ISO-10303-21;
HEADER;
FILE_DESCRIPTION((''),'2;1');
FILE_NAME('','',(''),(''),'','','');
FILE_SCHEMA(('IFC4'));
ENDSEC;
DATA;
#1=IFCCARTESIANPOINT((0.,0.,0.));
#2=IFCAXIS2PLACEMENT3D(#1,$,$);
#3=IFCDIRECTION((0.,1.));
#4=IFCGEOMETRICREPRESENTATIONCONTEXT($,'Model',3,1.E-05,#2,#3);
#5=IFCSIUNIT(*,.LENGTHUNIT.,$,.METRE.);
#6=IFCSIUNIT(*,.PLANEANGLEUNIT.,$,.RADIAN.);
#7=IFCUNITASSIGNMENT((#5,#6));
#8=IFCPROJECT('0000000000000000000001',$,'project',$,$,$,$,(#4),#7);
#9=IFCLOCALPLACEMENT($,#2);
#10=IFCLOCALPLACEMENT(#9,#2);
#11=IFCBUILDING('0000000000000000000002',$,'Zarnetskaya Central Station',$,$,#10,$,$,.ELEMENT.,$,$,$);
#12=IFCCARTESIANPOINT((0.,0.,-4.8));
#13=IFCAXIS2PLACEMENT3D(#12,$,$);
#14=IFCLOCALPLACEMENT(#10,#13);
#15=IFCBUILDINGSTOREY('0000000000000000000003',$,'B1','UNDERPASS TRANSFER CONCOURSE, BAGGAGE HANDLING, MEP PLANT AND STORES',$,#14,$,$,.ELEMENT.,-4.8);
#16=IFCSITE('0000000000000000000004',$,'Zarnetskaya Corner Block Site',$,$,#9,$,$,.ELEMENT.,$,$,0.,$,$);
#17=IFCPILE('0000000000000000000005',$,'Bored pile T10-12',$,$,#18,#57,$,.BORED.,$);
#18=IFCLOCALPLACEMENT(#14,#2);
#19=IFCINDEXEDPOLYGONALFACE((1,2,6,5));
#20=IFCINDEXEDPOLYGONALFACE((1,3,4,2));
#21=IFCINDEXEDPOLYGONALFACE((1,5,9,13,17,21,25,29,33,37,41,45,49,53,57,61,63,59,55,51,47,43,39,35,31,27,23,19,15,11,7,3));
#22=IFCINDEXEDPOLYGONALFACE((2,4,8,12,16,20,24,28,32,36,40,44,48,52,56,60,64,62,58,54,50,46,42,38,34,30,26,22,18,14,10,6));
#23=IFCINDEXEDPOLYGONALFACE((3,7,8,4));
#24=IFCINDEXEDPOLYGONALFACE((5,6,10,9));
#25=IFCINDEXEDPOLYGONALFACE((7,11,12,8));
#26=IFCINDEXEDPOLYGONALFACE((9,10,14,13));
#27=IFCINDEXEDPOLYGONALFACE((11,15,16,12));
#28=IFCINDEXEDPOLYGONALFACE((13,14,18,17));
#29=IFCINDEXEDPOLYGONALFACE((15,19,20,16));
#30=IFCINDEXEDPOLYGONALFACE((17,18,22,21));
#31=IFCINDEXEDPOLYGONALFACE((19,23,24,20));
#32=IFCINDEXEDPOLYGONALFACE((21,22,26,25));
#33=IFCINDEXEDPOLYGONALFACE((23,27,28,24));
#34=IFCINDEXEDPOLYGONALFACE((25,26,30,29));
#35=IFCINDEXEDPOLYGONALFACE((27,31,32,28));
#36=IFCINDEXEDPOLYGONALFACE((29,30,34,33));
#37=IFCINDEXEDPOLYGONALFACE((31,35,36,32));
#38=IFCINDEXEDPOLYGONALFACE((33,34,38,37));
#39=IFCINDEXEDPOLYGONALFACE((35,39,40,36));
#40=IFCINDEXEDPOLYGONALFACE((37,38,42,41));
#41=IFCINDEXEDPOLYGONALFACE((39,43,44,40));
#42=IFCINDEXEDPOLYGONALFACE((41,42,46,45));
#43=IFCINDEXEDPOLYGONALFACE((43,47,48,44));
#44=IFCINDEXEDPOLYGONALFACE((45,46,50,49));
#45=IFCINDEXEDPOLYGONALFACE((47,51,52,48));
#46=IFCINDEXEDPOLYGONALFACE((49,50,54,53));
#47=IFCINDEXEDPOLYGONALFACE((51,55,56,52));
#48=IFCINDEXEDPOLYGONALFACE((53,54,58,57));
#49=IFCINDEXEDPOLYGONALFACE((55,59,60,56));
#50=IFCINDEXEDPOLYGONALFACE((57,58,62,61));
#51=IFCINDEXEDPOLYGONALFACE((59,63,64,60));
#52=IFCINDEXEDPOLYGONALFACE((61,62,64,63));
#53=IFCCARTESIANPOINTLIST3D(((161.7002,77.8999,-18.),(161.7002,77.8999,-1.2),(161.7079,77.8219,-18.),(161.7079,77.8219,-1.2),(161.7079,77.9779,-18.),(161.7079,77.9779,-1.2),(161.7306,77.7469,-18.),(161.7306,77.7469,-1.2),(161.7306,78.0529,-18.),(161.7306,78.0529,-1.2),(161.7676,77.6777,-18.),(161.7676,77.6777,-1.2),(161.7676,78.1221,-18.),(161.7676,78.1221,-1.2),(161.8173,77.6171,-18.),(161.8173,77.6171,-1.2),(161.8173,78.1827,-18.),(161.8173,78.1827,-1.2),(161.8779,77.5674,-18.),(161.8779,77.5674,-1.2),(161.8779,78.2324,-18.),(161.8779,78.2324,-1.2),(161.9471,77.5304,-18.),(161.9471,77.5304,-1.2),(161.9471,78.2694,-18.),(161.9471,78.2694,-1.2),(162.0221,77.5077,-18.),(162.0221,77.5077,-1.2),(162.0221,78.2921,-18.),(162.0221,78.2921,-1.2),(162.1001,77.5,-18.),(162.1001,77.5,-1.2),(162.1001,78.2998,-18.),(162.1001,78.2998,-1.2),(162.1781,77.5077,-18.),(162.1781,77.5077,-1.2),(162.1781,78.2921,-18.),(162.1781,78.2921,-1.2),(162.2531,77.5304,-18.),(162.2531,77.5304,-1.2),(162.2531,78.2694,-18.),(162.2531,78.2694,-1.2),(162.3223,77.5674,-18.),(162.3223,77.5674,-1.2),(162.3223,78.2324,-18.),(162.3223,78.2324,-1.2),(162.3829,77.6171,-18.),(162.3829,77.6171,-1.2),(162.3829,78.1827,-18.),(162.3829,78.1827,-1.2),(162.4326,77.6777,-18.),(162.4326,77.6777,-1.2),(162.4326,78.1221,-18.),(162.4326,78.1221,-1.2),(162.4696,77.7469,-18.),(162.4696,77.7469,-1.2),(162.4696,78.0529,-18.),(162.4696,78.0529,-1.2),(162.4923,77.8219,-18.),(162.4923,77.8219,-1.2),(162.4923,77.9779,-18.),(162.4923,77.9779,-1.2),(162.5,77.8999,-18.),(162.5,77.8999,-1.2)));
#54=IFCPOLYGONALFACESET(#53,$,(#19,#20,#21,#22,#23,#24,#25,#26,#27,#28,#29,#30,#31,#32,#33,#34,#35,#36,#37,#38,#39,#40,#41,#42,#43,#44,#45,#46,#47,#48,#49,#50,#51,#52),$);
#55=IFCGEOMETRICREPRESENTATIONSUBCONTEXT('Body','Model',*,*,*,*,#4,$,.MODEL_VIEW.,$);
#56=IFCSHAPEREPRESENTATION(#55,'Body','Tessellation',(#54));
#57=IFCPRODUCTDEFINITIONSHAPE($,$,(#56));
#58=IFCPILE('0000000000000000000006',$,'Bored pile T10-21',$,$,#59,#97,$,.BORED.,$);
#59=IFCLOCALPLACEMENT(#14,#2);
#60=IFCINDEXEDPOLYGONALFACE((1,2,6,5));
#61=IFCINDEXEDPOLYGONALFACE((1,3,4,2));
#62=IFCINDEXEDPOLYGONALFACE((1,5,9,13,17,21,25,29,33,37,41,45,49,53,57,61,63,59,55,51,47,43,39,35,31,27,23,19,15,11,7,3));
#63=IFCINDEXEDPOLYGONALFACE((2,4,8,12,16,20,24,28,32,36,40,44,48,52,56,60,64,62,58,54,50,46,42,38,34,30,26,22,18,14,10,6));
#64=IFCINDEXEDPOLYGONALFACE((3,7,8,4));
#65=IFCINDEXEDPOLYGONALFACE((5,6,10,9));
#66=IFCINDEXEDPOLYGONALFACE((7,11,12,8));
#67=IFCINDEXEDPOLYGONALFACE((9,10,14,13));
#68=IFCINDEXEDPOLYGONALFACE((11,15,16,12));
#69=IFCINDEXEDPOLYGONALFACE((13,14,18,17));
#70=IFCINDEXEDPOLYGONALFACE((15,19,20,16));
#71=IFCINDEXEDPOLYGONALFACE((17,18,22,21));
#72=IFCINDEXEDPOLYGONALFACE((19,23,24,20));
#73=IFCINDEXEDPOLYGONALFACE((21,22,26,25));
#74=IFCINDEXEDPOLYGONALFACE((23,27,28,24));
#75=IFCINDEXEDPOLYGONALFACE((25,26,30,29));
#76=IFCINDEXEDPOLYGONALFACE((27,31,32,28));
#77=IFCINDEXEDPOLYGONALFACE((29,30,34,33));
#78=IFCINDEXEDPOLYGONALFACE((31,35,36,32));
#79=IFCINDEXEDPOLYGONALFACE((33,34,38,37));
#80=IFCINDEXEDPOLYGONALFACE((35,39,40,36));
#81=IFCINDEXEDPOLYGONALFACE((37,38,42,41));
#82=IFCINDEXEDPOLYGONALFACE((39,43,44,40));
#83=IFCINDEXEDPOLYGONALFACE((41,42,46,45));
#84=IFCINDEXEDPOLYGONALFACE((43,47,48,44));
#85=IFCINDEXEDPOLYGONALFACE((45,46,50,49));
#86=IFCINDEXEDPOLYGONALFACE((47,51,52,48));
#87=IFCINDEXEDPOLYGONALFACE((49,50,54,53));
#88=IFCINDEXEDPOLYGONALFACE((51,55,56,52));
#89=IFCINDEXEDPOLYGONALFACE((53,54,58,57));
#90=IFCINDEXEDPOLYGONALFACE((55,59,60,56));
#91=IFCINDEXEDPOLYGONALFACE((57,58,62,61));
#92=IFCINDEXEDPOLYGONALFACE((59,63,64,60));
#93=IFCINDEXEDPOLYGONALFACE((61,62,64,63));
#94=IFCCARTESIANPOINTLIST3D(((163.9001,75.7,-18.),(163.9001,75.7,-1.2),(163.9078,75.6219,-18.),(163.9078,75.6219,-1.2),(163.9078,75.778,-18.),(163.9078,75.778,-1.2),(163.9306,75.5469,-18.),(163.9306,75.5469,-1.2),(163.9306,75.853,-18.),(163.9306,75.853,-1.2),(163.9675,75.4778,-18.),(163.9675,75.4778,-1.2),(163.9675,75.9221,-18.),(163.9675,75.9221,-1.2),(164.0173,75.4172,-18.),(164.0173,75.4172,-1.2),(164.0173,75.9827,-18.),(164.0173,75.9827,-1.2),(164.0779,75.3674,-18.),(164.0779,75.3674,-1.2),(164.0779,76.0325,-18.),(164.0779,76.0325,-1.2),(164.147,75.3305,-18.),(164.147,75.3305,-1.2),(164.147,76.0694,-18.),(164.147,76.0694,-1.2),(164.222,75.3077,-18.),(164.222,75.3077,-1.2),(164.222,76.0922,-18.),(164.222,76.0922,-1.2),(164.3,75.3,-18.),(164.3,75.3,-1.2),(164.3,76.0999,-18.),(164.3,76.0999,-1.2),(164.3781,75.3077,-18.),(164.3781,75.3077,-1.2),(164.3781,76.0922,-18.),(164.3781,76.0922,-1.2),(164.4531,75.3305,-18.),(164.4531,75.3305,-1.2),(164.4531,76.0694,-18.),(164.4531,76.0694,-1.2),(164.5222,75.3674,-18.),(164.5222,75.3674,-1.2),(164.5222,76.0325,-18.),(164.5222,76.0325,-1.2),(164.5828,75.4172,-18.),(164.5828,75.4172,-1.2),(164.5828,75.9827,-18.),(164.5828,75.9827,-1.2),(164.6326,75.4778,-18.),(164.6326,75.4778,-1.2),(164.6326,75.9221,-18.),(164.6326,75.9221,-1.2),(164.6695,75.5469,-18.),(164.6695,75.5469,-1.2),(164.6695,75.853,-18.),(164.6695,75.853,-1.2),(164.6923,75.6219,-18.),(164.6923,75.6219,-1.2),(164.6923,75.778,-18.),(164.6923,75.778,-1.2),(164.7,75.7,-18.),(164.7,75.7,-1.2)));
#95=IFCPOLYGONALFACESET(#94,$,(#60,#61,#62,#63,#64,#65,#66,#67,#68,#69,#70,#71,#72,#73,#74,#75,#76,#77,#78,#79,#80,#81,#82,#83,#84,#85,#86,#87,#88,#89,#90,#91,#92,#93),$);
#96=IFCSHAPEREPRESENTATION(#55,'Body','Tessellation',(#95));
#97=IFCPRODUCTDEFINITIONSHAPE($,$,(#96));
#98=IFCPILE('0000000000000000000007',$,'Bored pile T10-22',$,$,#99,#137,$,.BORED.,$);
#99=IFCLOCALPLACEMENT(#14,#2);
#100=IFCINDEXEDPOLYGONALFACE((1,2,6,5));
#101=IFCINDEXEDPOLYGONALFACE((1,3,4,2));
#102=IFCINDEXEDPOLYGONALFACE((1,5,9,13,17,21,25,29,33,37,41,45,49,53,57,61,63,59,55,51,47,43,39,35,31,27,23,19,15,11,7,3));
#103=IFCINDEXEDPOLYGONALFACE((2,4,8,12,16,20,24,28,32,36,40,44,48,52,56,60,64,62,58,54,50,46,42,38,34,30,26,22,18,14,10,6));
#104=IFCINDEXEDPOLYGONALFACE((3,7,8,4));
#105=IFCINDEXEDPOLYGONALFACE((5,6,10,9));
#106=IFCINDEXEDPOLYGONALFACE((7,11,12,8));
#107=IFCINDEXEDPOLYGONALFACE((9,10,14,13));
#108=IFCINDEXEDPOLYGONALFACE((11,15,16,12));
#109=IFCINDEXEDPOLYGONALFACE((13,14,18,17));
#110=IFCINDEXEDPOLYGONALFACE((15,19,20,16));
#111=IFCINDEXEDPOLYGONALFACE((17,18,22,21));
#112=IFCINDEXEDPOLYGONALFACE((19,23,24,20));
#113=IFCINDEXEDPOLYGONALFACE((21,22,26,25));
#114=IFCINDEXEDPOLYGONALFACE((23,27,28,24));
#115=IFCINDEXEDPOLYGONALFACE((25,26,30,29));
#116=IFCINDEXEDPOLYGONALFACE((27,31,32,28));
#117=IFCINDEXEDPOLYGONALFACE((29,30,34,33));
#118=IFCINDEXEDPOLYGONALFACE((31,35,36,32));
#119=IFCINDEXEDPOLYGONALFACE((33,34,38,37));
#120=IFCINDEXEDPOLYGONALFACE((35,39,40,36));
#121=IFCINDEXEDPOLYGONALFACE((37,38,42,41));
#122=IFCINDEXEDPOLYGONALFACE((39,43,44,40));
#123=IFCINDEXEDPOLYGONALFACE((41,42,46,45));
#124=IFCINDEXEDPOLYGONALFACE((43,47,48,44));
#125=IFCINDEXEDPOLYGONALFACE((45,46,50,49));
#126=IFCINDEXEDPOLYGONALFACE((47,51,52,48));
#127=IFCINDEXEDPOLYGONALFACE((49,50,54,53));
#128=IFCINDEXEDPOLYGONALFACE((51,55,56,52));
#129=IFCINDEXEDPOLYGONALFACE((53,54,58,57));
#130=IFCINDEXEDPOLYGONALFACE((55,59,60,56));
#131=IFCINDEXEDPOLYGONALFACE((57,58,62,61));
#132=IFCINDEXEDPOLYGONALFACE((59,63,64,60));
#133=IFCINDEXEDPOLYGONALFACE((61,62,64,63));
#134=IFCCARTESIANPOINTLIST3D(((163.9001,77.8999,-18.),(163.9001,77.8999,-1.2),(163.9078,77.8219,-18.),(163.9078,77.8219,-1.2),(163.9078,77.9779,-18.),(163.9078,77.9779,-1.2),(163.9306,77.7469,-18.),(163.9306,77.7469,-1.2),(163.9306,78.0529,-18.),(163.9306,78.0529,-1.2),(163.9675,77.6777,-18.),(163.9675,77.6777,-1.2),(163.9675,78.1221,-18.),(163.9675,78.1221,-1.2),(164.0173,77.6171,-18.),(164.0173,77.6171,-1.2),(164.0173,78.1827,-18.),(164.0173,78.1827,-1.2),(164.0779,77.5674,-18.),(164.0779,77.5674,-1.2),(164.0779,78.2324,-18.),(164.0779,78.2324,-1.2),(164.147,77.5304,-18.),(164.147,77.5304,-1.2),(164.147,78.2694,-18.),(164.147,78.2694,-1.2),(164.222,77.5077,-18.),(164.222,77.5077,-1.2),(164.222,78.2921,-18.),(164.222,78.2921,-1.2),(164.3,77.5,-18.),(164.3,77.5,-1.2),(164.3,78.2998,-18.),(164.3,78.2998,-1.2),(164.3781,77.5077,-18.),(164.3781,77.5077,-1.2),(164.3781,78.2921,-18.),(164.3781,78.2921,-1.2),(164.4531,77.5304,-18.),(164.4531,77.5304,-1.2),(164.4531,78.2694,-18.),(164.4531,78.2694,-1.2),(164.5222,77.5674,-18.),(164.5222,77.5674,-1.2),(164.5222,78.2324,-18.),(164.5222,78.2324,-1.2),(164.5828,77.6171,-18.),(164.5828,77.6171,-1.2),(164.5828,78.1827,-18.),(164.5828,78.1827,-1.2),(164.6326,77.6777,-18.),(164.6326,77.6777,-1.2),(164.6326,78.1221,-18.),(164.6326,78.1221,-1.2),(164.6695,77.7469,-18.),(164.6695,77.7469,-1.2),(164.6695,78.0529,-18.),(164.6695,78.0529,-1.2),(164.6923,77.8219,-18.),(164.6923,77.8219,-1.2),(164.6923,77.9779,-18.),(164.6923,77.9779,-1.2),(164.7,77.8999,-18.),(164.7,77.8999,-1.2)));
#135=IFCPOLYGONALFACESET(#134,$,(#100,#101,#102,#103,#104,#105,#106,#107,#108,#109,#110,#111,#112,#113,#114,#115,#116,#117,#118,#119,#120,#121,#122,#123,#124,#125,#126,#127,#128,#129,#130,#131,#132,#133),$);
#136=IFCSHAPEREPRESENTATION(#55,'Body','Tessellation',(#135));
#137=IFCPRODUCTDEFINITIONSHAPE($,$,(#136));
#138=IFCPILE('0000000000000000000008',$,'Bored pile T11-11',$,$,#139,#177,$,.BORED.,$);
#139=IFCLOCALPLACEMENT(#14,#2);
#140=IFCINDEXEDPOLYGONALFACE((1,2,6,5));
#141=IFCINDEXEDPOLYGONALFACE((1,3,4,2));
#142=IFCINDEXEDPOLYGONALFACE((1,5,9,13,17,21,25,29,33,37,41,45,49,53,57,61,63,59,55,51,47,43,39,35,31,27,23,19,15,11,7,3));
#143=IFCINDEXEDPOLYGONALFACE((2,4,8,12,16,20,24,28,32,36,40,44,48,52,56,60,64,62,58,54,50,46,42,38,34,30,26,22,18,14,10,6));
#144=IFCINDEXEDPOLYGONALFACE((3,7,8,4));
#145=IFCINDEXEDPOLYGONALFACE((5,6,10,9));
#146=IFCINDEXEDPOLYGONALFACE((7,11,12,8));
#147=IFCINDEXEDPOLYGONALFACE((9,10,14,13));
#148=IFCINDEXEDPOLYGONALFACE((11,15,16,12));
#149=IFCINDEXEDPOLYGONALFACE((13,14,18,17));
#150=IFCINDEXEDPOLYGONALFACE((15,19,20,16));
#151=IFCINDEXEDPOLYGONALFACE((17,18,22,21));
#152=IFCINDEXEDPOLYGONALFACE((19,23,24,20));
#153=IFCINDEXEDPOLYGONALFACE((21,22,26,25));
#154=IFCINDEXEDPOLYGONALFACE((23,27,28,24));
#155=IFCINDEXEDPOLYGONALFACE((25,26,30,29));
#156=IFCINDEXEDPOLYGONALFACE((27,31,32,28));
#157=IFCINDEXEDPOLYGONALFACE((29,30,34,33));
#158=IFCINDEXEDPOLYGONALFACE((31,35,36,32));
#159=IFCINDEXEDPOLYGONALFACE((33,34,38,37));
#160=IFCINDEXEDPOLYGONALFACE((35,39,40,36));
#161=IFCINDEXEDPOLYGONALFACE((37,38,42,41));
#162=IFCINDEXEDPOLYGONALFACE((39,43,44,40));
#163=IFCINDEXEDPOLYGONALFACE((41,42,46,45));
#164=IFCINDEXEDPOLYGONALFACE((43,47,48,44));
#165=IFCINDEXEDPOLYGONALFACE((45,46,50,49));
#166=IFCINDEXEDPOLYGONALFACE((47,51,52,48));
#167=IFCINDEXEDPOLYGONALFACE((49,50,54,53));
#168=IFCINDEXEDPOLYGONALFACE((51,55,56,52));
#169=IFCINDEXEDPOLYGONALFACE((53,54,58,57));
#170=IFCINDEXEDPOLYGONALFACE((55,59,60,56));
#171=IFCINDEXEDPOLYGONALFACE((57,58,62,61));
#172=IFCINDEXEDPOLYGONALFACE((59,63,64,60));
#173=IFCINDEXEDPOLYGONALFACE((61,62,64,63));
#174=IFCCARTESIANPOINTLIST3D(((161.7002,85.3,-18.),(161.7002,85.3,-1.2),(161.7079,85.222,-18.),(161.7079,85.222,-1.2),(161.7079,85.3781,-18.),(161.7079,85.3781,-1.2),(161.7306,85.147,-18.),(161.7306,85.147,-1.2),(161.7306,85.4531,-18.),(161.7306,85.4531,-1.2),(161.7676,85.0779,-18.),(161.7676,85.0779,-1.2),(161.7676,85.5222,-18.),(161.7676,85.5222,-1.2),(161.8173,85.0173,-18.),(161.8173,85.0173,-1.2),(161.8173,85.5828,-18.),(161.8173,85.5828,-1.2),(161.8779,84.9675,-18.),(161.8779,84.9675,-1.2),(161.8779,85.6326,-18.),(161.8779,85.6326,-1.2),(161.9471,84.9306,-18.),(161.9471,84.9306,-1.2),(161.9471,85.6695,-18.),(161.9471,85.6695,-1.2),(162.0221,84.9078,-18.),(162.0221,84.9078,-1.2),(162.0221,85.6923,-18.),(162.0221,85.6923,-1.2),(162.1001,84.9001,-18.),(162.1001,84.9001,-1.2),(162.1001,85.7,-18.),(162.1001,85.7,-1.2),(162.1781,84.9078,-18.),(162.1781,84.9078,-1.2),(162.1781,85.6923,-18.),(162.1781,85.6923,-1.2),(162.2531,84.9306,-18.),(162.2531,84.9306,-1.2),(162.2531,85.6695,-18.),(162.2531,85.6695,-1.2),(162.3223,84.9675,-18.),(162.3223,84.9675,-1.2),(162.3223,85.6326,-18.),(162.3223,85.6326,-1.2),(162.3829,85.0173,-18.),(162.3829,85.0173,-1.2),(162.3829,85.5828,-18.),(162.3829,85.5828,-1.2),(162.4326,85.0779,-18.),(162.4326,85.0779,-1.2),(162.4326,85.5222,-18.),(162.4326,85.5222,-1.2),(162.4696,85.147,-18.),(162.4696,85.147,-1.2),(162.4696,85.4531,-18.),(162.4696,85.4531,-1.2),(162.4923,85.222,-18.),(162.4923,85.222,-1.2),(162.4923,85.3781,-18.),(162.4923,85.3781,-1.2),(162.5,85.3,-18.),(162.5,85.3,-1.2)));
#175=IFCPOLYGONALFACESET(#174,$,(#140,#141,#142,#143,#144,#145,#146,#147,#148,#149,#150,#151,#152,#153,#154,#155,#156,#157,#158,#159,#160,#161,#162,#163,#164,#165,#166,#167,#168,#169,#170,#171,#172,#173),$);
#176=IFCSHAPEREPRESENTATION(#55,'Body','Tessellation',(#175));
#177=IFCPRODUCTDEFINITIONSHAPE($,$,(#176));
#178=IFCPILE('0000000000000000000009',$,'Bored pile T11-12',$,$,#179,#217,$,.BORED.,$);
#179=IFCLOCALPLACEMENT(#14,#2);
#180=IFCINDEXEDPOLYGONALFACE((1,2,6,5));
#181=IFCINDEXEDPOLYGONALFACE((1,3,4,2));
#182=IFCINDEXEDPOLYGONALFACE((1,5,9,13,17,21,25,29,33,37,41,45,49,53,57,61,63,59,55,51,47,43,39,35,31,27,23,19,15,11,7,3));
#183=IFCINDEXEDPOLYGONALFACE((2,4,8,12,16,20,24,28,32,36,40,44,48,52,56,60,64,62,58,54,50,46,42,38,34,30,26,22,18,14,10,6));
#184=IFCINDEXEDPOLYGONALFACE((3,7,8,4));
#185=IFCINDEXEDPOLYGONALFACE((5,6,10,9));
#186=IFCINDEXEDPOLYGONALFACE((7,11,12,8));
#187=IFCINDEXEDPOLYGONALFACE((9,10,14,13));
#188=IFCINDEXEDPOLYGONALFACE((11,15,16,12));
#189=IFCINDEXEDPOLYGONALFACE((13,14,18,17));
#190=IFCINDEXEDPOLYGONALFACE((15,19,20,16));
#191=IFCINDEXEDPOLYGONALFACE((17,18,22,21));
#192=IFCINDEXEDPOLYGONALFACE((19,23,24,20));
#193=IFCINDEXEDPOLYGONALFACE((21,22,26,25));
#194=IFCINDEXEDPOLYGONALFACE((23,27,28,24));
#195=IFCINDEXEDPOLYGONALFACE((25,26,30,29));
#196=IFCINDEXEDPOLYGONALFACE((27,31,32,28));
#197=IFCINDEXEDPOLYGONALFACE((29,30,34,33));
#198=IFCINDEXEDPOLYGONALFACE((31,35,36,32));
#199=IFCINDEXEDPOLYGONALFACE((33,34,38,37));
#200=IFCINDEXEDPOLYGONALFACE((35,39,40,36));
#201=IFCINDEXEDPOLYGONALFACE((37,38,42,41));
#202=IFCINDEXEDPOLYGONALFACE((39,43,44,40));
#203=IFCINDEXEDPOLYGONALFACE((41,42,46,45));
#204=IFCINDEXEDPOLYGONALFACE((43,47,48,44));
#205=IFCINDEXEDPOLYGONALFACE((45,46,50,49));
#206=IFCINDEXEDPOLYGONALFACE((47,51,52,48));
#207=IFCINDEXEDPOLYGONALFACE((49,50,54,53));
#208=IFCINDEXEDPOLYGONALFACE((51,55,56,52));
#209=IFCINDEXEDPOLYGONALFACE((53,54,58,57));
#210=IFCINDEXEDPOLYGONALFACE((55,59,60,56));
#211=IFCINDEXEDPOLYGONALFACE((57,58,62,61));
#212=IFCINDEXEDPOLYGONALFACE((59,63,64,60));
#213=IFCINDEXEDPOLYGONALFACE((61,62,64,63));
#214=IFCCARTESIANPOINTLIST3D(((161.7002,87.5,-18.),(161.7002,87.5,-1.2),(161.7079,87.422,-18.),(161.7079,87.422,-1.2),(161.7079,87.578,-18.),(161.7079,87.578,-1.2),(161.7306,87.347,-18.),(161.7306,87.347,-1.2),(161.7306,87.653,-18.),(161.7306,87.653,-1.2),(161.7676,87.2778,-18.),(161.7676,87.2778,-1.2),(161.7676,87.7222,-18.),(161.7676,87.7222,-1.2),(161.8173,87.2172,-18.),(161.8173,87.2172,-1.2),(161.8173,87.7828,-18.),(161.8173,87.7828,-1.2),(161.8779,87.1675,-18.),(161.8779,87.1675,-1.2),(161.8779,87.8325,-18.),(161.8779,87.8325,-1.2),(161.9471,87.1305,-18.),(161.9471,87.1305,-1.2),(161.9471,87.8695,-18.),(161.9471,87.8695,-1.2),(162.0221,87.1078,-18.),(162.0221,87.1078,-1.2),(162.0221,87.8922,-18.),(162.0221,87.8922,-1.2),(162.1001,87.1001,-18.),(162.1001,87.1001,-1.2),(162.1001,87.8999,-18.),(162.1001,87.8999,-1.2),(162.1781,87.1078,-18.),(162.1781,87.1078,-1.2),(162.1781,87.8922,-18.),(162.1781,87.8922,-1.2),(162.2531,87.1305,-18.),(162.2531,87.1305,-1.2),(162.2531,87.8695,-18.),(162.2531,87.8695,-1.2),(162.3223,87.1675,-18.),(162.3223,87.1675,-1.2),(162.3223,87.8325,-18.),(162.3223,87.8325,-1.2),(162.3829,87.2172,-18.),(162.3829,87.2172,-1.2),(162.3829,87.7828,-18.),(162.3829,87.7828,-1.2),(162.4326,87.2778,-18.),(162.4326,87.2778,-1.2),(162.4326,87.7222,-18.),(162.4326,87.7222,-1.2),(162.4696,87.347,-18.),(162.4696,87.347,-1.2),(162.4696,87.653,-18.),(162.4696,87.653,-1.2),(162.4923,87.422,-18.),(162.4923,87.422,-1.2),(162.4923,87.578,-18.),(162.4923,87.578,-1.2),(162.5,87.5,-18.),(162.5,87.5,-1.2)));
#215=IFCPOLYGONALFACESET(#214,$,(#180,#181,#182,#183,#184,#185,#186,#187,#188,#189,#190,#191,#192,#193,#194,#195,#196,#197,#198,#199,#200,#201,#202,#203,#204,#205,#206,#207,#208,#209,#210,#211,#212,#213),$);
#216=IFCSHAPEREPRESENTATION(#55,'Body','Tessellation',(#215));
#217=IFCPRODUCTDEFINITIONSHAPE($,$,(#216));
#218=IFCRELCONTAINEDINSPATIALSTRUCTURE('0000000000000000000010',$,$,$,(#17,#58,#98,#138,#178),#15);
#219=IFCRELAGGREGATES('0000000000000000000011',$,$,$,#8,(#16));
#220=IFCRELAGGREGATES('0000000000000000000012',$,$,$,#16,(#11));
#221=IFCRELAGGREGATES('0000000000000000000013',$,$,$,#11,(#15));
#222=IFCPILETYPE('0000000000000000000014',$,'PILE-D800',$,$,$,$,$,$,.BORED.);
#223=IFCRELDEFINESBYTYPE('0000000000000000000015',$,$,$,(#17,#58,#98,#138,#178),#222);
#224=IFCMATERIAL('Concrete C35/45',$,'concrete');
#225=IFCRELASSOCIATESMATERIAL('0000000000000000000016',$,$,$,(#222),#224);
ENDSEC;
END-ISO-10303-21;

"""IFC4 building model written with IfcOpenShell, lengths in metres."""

from ifc_helpers import new_model, si_unit, direction, frame, origin, origin_2d, place, context, subcontext, project, spatial, circle, extrude, material, material_profile, profile_set, type_object, element, save


model = new_model("IFC4")

# Units and contexts
model_context = context("Model", 3, precision=1e-05, world=origin(), true_north=direction((0.0, 1.0)))
body_context = subcontext(model_context, "Body", "Model", "MODEL_VIEW")
ifc_project = project(units=[si_unit("LENGTHUNIT", "METRE"), si_unit("PLANEANGLEUNIT", "RADIAN")], contexts=[model_context])

# Site, building, storey
site_placement = place(None, origin())
site = spatial("IfcSite", under=ifc_project, at=site_placement, Name="Zarnetskaya Corner Block Site", CompositionType="ELEMENT", RefElevation=0.0)
building_placement = place(site_placement, origin())
building = spatial("IfcBuilding", under=site, at=building_placement, Name="Zarnetskaya Central Station", CompositionType="ELEMENT")
storey_placement = place(building_placement, frame((0.0, 0.0, -4.8)))
storey = spatial("IfcBuildingStorey", under=building, at=storey_placement, Name="B1", Description="UNDERPASS TRANSFER CONCOURSE, BAGGAGE HANDLING, MEP PLANT AND STORES", CompositionType="ELEMENT", Elevation=-4.8)

# Shared definitions
ifc_material = material(Name="Concrete C35/45", Category="concrete")

# Piles
ifc_material_profile_1 = material_profile(ifc_material, circle(Radius=0.3999, at=origin_2d()), Name="BORED PILE D800")
ifc_profile_set_1 = profile_set([ifc_material_profile_1], Name="Concrete C35/45")
pile_type = type_object("IfcPileType", Name="PILE-D800", PredefinedType="BORED", material=ifc_profile_set_1)
for number, where, z_axis, x_axis, name in (
    (1, (162.1001, 77.8999, -1.2), (0.0, 0.0, -1.0), (1.0, 0.0, 0.0), "Bored pile T10-12"),
    (2, (164.3, 75.7, -1.2), (0.0, 0.0, -1.0), (1.0, 0.0, 0.0), "Bored pile T10-21"),
    (3, (164.3, 77.8999, -1.2), (0.0, 0.0, -1.0), (1.0, 0.0, 0.0), "Bored pile T10-22"),
    (4, (162.1001, 85.3, -1.2), (0.0, 0.0, -1.0), (1.0, 0.0, 0.0), "Bored pile T11-11"),
    (5, (162.1001, 87.5, -1.2), (0.0, 0.0, -1.0), (1.0, 0.0, 0.0), "Bored pile T11-12"),
):
    element("IfcPile", number, at=place(storey_placement, frame(where, z_axis=z_axis, x_axis=x_axis)), inside=storey, type_object=pile_type, Name=name, PredefinedType="BORED", context=body_context, shape_type="SweptSolid", body=[
        extrude(circle(Radius=0.3999, at=origin_2d()), origin(), (0.0, 0.0, 1.0), 16.8),
    ])

save(model, "model.ifc")
